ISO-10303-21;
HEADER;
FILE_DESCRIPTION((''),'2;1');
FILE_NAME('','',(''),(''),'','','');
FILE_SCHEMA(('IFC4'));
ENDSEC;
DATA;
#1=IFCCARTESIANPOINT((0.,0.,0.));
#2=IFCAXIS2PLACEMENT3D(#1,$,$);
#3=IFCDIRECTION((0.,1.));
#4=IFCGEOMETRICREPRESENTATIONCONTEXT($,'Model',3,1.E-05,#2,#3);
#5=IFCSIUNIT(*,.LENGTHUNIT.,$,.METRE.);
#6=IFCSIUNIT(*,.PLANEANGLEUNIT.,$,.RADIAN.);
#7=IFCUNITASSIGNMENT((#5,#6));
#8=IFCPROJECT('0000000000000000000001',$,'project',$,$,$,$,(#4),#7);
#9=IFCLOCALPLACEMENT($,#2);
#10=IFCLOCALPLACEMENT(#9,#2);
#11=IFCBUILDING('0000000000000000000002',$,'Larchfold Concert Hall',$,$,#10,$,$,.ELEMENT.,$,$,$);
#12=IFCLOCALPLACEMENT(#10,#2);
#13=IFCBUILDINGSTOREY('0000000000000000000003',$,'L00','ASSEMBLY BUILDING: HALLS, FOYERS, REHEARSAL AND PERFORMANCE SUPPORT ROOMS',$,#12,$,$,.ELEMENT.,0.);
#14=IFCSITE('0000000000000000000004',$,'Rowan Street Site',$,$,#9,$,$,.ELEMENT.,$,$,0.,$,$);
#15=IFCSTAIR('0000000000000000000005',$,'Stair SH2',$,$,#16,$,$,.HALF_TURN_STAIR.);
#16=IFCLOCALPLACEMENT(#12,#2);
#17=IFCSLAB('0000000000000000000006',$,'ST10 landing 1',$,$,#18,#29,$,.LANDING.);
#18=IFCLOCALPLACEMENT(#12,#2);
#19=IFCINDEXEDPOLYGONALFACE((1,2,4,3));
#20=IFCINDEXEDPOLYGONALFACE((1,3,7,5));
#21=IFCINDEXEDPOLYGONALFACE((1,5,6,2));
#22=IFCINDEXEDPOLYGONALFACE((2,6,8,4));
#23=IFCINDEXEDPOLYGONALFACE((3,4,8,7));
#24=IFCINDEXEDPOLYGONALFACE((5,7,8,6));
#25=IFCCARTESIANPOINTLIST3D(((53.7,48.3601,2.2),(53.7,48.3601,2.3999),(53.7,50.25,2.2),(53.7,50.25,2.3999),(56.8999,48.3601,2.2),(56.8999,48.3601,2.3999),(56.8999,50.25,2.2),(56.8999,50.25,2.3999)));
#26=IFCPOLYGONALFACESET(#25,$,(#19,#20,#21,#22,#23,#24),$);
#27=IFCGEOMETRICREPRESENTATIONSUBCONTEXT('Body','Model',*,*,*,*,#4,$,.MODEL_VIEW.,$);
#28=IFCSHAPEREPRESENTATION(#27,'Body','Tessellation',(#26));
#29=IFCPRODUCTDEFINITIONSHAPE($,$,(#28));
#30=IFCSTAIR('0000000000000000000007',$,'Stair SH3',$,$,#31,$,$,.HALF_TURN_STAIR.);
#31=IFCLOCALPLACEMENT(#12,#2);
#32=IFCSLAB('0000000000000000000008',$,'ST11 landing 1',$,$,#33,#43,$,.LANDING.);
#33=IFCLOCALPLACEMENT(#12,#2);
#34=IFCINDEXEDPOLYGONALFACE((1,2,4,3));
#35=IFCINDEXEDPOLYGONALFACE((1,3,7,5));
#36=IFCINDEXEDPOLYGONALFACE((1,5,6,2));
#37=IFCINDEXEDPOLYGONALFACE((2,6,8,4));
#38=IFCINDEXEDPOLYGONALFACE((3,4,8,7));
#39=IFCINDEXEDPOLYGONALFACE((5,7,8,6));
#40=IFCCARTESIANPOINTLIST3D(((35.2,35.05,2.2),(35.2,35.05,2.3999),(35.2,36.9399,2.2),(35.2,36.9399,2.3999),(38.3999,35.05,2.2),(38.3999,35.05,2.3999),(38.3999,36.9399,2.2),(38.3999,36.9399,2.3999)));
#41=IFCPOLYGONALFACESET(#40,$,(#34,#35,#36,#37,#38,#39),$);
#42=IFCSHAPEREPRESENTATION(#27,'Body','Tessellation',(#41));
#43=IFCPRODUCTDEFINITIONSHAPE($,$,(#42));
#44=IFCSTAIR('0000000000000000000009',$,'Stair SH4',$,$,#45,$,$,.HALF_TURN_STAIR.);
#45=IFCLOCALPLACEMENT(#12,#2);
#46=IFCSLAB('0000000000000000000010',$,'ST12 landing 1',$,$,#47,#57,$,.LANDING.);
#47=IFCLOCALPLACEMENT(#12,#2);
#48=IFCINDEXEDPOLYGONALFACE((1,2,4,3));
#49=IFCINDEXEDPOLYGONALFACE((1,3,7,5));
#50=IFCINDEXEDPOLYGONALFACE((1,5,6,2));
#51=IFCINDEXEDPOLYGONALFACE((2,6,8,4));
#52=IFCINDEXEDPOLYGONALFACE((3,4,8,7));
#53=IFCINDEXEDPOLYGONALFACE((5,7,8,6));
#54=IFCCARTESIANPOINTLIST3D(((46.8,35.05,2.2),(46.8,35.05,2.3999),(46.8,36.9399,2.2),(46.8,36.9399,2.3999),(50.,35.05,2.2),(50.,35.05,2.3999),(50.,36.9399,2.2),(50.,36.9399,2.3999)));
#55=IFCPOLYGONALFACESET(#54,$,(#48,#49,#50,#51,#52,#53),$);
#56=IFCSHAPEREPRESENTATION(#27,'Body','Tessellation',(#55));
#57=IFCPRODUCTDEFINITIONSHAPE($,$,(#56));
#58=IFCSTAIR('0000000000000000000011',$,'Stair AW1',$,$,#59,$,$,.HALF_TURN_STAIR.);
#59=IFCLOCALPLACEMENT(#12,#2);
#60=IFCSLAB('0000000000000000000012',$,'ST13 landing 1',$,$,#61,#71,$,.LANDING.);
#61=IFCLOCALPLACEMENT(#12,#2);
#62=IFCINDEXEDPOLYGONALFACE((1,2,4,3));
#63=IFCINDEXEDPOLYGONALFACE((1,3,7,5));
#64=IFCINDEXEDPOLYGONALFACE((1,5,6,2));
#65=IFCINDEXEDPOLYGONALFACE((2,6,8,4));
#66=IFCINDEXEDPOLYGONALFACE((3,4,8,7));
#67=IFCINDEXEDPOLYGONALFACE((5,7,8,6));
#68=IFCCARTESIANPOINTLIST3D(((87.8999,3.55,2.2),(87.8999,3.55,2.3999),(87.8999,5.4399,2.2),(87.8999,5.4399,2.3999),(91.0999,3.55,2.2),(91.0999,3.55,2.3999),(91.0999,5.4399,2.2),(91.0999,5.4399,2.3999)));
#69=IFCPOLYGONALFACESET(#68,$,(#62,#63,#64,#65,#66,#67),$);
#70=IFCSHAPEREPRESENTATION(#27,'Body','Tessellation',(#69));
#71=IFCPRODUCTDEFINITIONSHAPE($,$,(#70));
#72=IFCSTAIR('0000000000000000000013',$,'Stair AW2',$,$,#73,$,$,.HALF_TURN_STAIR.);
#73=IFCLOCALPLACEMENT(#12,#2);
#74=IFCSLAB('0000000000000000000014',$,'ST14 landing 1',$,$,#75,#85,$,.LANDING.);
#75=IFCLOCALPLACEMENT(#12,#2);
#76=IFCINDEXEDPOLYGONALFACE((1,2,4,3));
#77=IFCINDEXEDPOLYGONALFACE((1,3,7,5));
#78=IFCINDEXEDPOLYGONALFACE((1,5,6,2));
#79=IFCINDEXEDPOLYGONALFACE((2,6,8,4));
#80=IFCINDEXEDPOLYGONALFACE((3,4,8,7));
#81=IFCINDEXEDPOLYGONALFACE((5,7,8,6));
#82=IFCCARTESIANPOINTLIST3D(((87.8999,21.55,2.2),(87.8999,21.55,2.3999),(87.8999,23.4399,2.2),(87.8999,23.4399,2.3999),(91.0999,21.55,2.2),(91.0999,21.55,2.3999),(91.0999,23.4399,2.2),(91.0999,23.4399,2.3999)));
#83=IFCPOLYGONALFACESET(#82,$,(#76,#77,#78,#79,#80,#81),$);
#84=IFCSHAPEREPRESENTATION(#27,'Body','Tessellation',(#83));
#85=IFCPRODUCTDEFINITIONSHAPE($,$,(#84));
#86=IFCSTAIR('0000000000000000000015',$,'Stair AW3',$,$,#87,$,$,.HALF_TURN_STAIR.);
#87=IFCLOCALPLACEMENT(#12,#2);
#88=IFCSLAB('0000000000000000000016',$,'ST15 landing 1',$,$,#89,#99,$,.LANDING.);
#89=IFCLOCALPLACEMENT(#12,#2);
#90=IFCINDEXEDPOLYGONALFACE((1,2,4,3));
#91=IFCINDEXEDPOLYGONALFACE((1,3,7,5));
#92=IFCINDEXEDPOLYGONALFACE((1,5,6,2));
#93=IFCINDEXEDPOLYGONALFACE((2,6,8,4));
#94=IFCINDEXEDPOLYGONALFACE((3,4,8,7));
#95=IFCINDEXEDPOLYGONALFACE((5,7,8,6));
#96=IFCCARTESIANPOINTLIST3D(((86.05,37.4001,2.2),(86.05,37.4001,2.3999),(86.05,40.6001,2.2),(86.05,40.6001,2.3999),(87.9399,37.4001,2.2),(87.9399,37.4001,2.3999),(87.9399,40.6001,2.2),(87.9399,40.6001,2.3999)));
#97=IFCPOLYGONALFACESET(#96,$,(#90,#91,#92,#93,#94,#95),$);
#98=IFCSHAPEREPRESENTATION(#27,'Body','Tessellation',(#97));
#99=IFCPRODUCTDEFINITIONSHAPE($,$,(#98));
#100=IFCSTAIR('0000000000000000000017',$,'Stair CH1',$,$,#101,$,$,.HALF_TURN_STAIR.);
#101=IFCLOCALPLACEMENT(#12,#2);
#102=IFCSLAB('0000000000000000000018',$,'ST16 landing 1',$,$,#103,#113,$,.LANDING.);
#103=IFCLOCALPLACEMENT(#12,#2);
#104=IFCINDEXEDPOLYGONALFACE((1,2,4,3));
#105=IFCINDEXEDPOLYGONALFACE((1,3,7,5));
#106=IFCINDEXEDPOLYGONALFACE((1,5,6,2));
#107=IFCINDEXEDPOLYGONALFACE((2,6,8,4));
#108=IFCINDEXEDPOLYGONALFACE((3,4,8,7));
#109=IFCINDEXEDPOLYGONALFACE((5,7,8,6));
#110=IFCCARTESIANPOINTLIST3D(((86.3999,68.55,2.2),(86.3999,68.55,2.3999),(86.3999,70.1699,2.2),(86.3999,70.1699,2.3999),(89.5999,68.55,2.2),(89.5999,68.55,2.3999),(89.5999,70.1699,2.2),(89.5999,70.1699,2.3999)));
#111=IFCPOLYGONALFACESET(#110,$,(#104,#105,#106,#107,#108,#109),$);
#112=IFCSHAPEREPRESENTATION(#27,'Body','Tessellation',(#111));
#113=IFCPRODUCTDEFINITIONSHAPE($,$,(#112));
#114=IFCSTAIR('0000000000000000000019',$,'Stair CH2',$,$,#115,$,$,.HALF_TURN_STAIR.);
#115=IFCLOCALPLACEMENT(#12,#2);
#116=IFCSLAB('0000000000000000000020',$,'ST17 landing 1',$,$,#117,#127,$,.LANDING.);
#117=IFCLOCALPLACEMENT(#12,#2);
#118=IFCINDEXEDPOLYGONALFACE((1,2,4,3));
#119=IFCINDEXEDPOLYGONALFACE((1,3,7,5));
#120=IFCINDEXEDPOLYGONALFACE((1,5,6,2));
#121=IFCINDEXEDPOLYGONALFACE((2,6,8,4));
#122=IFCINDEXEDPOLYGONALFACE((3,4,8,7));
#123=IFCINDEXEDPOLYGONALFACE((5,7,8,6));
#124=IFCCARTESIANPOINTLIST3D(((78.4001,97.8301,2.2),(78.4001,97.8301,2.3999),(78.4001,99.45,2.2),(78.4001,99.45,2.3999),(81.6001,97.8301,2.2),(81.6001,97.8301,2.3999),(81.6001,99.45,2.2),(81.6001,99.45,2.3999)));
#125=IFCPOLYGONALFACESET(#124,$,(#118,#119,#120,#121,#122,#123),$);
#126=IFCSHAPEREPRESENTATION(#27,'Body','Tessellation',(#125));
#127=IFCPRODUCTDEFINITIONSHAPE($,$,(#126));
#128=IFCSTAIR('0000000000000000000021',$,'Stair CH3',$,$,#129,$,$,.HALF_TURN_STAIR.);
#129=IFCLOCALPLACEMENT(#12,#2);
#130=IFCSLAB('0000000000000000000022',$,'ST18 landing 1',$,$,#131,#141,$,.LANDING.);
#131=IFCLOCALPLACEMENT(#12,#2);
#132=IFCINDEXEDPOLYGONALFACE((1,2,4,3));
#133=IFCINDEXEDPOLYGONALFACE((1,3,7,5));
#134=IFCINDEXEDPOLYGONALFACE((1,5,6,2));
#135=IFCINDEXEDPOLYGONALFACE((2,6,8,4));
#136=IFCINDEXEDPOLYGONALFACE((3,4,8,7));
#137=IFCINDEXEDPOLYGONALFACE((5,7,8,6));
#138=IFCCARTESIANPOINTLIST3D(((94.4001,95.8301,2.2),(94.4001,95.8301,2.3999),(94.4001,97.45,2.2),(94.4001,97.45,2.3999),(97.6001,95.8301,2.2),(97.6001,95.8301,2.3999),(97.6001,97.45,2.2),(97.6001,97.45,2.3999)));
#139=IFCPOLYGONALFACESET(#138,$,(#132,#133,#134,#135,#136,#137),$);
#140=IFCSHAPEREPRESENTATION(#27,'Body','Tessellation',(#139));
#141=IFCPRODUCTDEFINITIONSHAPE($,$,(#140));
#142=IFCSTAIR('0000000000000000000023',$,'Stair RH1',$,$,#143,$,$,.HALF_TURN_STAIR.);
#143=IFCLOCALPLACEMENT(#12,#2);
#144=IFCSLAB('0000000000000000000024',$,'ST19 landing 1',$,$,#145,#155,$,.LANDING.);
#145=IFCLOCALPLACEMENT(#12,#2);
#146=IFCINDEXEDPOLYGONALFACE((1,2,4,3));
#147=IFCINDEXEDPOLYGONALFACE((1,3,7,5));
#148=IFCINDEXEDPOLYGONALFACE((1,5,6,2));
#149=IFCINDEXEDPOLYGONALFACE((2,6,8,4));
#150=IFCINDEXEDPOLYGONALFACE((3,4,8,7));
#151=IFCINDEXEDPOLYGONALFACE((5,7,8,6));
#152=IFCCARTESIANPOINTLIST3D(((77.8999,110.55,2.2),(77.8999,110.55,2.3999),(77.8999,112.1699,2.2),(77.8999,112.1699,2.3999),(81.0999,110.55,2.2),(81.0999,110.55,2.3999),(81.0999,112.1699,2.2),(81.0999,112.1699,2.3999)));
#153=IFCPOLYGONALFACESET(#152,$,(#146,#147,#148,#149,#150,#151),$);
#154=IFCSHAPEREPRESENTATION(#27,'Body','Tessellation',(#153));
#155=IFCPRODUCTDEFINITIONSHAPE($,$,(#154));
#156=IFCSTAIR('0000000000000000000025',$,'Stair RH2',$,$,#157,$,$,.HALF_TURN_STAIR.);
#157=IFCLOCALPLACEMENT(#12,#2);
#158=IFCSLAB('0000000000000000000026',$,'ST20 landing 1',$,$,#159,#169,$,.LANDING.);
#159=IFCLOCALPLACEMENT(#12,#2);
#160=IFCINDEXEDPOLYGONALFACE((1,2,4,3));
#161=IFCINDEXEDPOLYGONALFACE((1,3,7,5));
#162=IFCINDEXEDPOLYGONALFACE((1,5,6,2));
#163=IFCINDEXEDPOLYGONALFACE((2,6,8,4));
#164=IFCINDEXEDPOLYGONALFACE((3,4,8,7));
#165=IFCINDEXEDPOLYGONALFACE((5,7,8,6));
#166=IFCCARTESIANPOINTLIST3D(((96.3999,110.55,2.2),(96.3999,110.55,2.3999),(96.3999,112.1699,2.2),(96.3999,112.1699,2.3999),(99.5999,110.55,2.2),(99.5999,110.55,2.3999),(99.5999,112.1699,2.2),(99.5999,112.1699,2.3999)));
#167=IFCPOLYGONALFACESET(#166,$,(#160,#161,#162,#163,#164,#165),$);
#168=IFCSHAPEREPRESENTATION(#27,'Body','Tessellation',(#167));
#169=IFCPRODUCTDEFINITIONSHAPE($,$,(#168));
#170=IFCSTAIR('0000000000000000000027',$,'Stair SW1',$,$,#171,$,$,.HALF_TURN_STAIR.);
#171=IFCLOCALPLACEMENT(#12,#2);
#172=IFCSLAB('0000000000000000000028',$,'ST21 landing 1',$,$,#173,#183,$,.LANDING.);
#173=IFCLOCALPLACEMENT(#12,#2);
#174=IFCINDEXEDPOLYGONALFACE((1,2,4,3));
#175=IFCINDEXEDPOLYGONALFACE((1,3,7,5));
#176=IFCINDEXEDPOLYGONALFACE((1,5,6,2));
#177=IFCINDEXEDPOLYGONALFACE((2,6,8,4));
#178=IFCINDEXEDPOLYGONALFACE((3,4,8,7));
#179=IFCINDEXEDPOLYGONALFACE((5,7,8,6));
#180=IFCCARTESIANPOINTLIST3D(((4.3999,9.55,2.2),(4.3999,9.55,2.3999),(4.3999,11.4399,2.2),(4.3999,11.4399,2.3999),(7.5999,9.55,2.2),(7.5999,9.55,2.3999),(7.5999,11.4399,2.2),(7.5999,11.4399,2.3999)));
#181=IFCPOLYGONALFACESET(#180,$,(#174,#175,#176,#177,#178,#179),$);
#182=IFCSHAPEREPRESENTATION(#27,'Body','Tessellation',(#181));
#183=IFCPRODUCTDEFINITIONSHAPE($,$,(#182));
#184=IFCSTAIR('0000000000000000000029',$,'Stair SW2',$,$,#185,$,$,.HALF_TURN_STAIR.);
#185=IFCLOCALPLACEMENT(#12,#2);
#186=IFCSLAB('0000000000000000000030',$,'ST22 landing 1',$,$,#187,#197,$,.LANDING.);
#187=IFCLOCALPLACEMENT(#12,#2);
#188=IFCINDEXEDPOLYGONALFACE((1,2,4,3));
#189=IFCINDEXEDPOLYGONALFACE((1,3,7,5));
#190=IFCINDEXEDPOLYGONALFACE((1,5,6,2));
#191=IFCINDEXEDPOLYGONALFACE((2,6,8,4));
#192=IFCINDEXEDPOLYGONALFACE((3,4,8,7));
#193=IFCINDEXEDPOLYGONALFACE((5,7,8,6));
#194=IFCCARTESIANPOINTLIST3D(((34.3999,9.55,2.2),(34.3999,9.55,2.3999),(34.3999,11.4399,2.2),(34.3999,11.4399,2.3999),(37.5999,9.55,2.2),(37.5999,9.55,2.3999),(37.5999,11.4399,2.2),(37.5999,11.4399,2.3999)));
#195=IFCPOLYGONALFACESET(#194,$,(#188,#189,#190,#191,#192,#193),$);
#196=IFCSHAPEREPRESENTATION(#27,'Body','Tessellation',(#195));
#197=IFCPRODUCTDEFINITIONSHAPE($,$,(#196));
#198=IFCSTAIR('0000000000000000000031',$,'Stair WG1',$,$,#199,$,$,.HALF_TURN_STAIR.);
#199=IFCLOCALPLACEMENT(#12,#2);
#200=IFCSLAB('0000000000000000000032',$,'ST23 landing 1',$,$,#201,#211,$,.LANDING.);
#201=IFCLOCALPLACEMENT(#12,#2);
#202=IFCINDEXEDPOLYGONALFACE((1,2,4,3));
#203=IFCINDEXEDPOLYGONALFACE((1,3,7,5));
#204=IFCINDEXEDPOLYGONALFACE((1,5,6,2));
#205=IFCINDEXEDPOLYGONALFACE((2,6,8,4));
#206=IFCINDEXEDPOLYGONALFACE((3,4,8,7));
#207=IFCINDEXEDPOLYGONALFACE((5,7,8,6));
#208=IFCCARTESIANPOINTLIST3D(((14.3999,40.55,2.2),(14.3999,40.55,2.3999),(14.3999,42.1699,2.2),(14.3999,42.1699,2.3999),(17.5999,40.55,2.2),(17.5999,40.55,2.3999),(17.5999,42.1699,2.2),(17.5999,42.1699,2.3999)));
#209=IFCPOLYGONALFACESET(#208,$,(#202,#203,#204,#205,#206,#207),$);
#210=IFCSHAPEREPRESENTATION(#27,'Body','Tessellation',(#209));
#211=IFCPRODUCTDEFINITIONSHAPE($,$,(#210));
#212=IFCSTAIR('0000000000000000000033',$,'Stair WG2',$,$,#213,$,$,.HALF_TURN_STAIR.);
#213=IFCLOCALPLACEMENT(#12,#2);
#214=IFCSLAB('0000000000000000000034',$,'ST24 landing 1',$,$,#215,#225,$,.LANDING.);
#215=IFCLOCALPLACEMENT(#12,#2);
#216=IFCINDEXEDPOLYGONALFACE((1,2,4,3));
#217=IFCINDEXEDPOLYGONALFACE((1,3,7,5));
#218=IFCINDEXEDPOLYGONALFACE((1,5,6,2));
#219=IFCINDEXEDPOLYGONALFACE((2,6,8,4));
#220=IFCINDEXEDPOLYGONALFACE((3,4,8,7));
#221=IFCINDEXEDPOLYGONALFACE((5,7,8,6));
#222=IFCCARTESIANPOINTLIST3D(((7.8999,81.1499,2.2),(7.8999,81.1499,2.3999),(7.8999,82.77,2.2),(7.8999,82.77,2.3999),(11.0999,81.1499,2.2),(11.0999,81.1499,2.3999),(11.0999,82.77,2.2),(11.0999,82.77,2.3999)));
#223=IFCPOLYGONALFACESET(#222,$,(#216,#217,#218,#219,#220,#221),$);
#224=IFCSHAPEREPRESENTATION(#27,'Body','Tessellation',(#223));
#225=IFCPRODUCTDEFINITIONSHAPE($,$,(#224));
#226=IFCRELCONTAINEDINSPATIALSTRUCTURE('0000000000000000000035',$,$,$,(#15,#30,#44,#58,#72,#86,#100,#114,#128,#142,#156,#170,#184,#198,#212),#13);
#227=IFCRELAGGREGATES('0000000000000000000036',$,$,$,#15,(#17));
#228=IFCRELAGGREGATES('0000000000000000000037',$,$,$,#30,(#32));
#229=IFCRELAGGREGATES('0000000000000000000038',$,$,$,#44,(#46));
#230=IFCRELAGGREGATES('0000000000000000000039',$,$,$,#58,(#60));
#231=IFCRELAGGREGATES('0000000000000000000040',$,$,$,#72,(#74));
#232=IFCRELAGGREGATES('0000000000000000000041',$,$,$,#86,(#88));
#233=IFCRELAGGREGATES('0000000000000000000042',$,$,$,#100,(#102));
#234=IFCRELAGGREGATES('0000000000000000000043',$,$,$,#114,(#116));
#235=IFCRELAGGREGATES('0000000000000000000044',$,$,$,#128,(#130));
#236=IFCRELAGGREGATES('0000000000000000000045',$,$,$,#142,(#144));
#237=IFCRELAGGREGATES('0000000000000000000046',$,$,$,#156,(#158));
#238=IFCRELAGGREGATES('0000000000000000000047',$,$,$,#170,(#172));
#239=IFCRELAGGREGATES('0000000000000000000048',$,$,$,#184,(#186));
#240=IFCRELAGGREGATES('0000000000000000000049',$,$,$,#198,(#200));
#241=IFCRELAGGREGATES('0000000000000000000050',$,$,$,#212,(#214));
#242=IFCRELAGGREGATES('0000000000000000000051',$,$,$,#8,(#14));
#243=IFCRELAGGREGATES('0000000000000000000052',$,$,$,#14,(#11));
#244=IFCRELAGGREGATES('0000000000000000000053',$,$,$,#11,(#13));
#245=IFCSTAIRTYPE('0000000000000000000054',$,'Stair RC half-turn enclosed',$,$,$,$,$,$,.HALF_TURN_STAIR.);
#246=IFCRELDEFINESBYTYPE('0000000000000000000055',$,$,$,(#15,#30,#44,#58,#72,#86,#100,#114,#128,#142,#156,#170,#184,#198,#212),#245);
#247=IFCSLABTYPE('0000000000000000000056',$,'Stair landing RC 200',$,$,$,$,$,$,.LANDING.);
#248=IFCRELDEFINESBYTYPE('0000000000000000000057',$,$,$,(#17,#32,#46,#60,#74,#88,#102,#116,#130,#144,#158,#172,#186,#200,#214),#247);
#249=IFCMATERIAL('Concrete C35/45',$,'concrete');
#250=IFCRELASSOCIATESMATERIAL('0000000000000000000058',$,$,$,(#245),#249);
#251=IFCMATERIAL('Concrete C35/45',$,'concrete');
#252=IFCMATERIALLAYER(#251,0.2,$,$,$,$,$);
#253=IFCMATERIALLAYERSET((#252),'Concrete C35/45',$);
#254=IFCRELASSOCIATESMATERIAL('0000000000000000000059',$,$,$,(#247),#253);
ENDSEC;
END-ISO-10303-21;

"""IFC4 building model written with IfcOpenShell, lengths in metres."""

from ifc_helpers import new_model, si_unit, direction, frame, origin, place, context, subcontext, project, spatial, polyline, outline, extrude, material, layer, layer_set, type_object, element, aggregate, save


model = new_model("IFC4")

# Units and contexts
model_context = context("Model", 3, precision=1e-05, world=origin(), true_north=direction((0.0, 1.0)))
body_context = subcontext(model_context, "Body", "Model", "MODEL_VIEW")
ifc_project = project(units=[si_unit("LENGTHUNIT", "METRE"), si_unit("PLANEANGLEUNIT", "RADIAN")], contexts=[model_context])

# Site, building, storey
site_placement = place(None, origin())
site = spatial("IfcSite", under=ifc_project, at=site_placement, Name="Rowan Street Site", CompositionType="ELEMENT", RefElevation=0.0)
building_placement = place(site_placement, origin())
building = spatial("IfcBuilding", under=site, at=building_placement, Name="Larchfold Concert Hall", CompositionType="ELEMENT")
storey_placement = place(building_placement, origin())
storey = spatial("IfcBuildingStorey", under=building, at=storey_placement, Name="L00", Description="ASSEMBLY BUILDING: HALLS, FOYERS, REHEARSAL AND PERFORMANCE SUPPORT ROOMS", CompositionType="ELEMENT", Elevation=0.0)

# Stairs, slabs
ifc_material_1 = material(Name="Concrete C35/45", Category="concrete")
stair_type_1 = type_object("IfcStairType", Name="Stair RC half-turn enclosed", PredefinedType="HALF_TURN_STAIR", material=ifc_material_1)
stair_1_placement = place(storey_placement, origin())
stair_1 = element("IfcStair", 1, at=stair_1_placement, inside=storey, type_object=stair_type_1, Name="Stair SH2", PredefinedType="HALF_TURN_STAIR")
ifc_material_2 = material(Name="Concrete C35/45", Category="concrete")
ifc_layer_1 = layer(ifc_material_2, 0.2)
ifc_layer_set_1 = layer_set([ifc_layer_1], Name="Concrete C35/45")
slab_type = type_object("IfcSlabType", Name="Stair landing RC 200", PredefinedType="LANDING", material=ifc_layer_set_1)
slab_1_placement = place(storey_placement, frame((0.0, 0.0, 2.2)))
slab_1 = element("IfcSlab", 2, at=slab_1_placement, type_object=slab_type, Name="ST10 landing 1", PredefinedType="LANDING", context=body_context, shape_type="SweptSolid", body=[
    extrude(outline(polyline([(56.8999, 48.3601), (56.8999, 50.25), (53.7, 50.25), (53.7, 48.3601), (56.8999, 48.3601)])), origin(), (0.0, 0.0, 1.0), 0.2),
])
aggregate(stair_1, [slab_1])
stair_2_placement = place(storey_placement, origin())
stair_2 = element("IfcStair", 3, at=stair_2_placement, inside=storey, type_object=stair_type_1, Name="Stair SH3", PredefinedType="HALF_TURN_STAIR")
slab_2_placement = place(storey_placement, frame((0.0, 0.0, 2.2)))
slab_2 = element("IfcSlab", 4, at=slab_2_placement, type_object=slab_type, Name="ST11 landing 1", PredefinedType="LANDING", context=body_context, shape_type="SweptSolid", body=[
    extrude(outline(polyline([(35.2, 36.9399), (35.2, 35.05), (38.3999, 35.05), (38.3999, 36.9399), (35.2, 36.9399)])), origin(), (0.0, 0.0, 1.0), 0.2),
])
aggregate(stair_2, [slab_2])
stair_3_placement = place(storey_placement, origin())
stair_3 = element("IfcStair", 5, at=stair_3_placement, inside=storey, type_object=stair_type_1, Name="Stair SH4", PredefinedType="HALF_TURN_STAIR")
slab_3_placement = place(storey_placement, frame((0.0, 0.0, 2.2)))
slab_3 = element("IfcSlab", 6, at=slab_3_placement, type_object=slab_type, Name="ST12 landing 1", PredefinedType="LANDING", context=body_context, shape_type="SweptSolid", body=[
    extrude(outline(polyline([(46.8, 36.9399), (46.8, 35.05), (50.0, 35.05), (50.0, 36.9399), (46.8, 36.9399)])), origin(), (0.0, 0.0, 1.0), 0.2),
])
aggregate(stair_3, [slab_3])
stair_4_placement = place(storey_placement, origin())
stair_4 = element("IfcStair", 7, at=stair_4_placement, inside=storey, type_object=stair_type_1, Name="Stair AW1", PredefinedType="HALF_TURN_STAIR")
slab_4_placement = place(storey_placement, frame((0.0, 0.0, 2.2)))
slab_4 = element("IfcSlab", 8, at=slab_4_placement, type_object=slab_type, Name="ST13 landing 1", PredefinedType="LANDING", context=body_context, shape_type="SweptSolid", body=[
    extrude(outline(polyline([(87.8999, 5.4399), (87.8999, 3.55), (91.0999, 3.55), (91.0999, 5.4399), (87.8999, 5.4399)])), origin(), (0.0, 0.0, 1.0), 0.2),
])
aggregate(stair_4, [slab_4])
stair_5_placement = place(storey_placement, origin())
stair_5 = element("IfcStair", 9, at=stair_5_placement, inside=storey, type_object=stair_type_1, Name="Stair AW2", PredefinedType="HALF_TURN_STAIR")
slab_5_placement = place(storey_placement, frame((0.0, 0.0, 2.2)))
slab_5 = element("IfcSlab", 10, at=slab_5_placement, type_object=slab_type, Name="ST14 landing 1", PredefinedType="LANDING", context=body_context, shape_type="SweptSolid", body=[
    extrude(outline(polyline([(87.8999, 23.4399), (87.8999, 21.55), (91.0999, 21.55), (91.0999, 23.4399), (87.8999, 23.4399)])), origin(), (0.0, 0.0, 1.0), 0.2),
])
aggregate(stair_5, [slab_5])
stair_6_placement = place(storey_placement, origin())
stair_6 = element("IfcStair", 11, at=stair_6_placement, inside=storey, type_object=stair_type_1, Name="Stair AW3", PredefinedType="HALF_TURN_STAIR")
slab_6_placement = place(storey_placement, frame((0.0, 0.0, 2.2)))
slab_6 = element("IfcSlab", 12, at=slab_6_placement, type_object=slab_type, Name="ST15 landing 1", PredefinedType="LANDING", context=body_context, shape_type="SweptSolid", body=[
    extrude(outline(polyline([(87.9399, 40.6001), (86.05, 40.6001), (86.05, 37.4001), (87.9399, 37.4001), (87.9399, 40.6001)])), origin(), (0.0, 0.0, 1.0), 0.2),
])
aggregate(stair_6, [slab_6])
stair_7_placement = place(storey_placement, origin())
stair_7 = element("IfcStair", 13, at=stair_7_placement, inside=storey, type_object=stair_type_1, Name="Stair CH1", PredefinedType="HALF_TURN_STAIR")
slab_7_placement = place(storey_placement, frame((0.0, 0.0, 2.2)))
slab_7 = element("IfcSlab", 14, at=slab_7_placement, type_object=slab_type, Name="ST16 landing 1", PredefinedType="LANDING", context=body_context, shape_type="SweptSolid", body=[
    extrude(outline(polyline([(86.3999, 70.1699), (86.3999, 68.55), (89.5999, 68.55), (89.5999, 70.1699), (86.3999, 70.1699)])), origin(), (0.0, 0.0, 1.0), 0.2),
])
aggregate(stair_7, [slab_7])
stair_8_placement = place(storey_placement, origin())
stair_8 = element("IfcStair", 15, at=stair_8_placement, inside=storey, type_object=stair_type_1, Name="Stair CH2", PredefinedType="HALF_TURN_STAIR")
slab_8_placement = place(storey_placement, frame((0.0, 0.0, 2.2)))
slab_8 = element("IfcSlab", 16, at=slab_8_placement, type_object=slab_type, Name="ST17 landing 1", PredefinedType="LANDING", context=body_context, shape_type="SweptSolid", body=[
    extrude(outline(polyline([(81.6001, 97.8301), (81.6001, 99.45), (78.4001, 99.45), (78.4001, 97.8301), (81.6001, 97.8301)])), origin(), (0.0, 0.0, 1.0), 0.2),
])
aggregate(stair_8, [slab_8])
stair_9_placement = place(storey_placement, origin())
stair_9 = element("IfcStair", 17, at=stair_9_placement, inside=storey, type_object=stair_type_1, Name="Stair CH3", PredefinedType="HALF_TURN_STAIR")
slab_9_placement = place(storey_placement, frame((0.0, 0.0, 2.2)))
slab_9 = element("IfcSlab", 18, at=slab_9_placement, type_object=slab_type, Name="ST18 landing 1", PredefinedType="LANDING", context=body_context, shape_type="SweptSolid", body=[
    extrude(outline(polyline([(97.6001, 95.8301), (97.6001, 97.45), (94.4001, 97.45), (94.4001, 95.8301), (97.6001, 95.8301)])), origin(), (0.0, 0.0, 1.0), 0.2),
])
aggregate(stair_9, [slab_9])
stair_10_placement = place(storey_placement, origin())
stair_10 = element("IfcStair", 19, at=stair_10_placement, inside=storey, type_object=stair_type_1, Name="Stair RH1", PredefinedType="HALF_TURN_STAIR")
slab_10_placement = place(storey_placement, frame((0.0, 0.0, 2.2)))
slab_10 = element("IfcSlab", 20, at=slab_10_placement, type_object=slab_type, Name="ST19 landing 1", PredefinedType="LANDING", context=body_context, shape_type="SweptSolid", body=[
    extrude(outline(polyline([(77.8999, 112.1699), (77.8999, 110.55), (81.0999, 110.55), (81.0999, 112.1699), (77.8999, 112.1699)])), origin(), (0.0, 0.0, 1.0), 0.2),
])
aggregate(stair_10, [slab_10])
stair_11_placement = place(storey_placement, origin())
stair_11 = element("IfcStair", 21, at=stair_11_placement, inside=storey, type_object=stair_type_1, Name="Stair RH2", PredefinedType="HALF_TURN_STAIR")
slab_11_placement = place(storey_placement, frame((0.0, 0.0, 2.2)))
slab_11 = element("IfcSlab", 22, at=slab_11_placement, type_object=slab_type, Name="ST20 landing 1", PredefinedType="LANDING", context=body_context, shape_type="SweptSolid", body=[
    extrude(outline(polyline([(96.3999, 112.1699), (96.3999, 110.55), (99.5999, 110.55), (99.5999, 112.1699), (96.3999, 112.1699)])), origin(), (0.0, 0.0, 1.0), 0.2),
])
aggregate(stair_11, [slab_11])
stair_12_placement = place(storey_placement, origin())
stair_12 = element("IfcStair", 23, at=stair_12_placement, inside=storey, type_object=stair_type_1, Name="Stair SW1", PredefinedType="HALF_TURN_STAIR")
slab_12_placement = place(storey_placement, frame((0.0, 0.0, 2.2)))
slab_12 = element("IfcSlab", 24, at=slab_12_placement, type_object=slab_type, Name="ST21 landing 1", PredefinedType="LANDING", context=body_context, shape_type="SweptSolid", body=[
    extrude(outline(polyline([(4.3999, 11.4399), (4.3999, 9.55), (7.5999, 9.55), (7.5999, 11.4399), (4.3999, 11.4399)])), origin(), (0.0, 0.0, 1.0), 0.2),
])
aggregate(stair_12, [slab_12])
stair_13_placement = place(storey_placement, origin())
stair_13 = element("IfcStair", 25, at=stair_13_placement, inside=storey, type_object=stair_type_1, Name="Stair SW2", PredefinedType="HALF_TURN_STAIR")
slab_13_placement = place(storey_placement, frame((0.0, 0.0, 2.2)))
slab_13 = element("IfcSlab", 26, at=slab_13_placement, type_object=slab_type, Name="ST22 landing 1", PredefinedType="LANDING", context=body_context, shape_type="SweptSolid", body=[
    extrude(outline(polyline([(34.3999, 11.4399), (34.3999, 9.55), (37.5999, 9.55), (37.5999, 11.4399), (34.3999, 11.4399)])), origin(), (0.0, 0.0, 1.0), 0.2),
])
aggregate(stair_13, [slab_13])
stair_14_placement = place(storey_placement, origin())
stair_14 = element("IfcStair", 27, at=stair_14_placement, inside=storey, type_object=stair_type_1, Name="Stair WG1", PredefinedType="HALF_TURN_STAIR")
slab_14_placement = place(storey_placement, frame((0.0, 0.0, 2.2)))
slab_14 = element("IfcSlab", 28, at=slab_14_placement, type_object=slab_type, Name="ST23 landing 1", PredefinedType="LANDING", context=body_context, shape_type="SweptSolid", body=[
    extrude(outline(polyline([(14.3999, 42.1699), (14.3999, 40.55), (17.5999, 40.55), (17.5999, 42.1699), (14.3999, 42.1699)])), origin(), (0.0, 0.0, 1.0), 0.2),
])
aggregate(stair_14, [slab_14])
stair_15_placement = place(storey_placement, origin())
stair_15 = element("IfcStair", 29, at=stair_15_placement, inside=storey, type_object=stair_type_1, Name="Stair WG2", PredefinedType="HALF_TURN_STAIR")
slab_15_placement = place(storey_placement, frame((0.0, 0.0, 2.2)))
slab_15 = element("IfcSlab", 30, at=slab_15_placement, type_object=slab_type, Name="ST24 landing 1", PredefinedType="LANDING", context=body_context, shape_type="SweptSolid", body=[
    extrude(outline(polyline([(7.8999, 82.77), (7.8999, 81.1499), (11.0999, 81.1499), (11.0999, 82.77), (7.8999, 82.77)])), origin(), (0.0, 0.0, 1.0), 0.2),
])
aggregate(stair_15, [slab_15])

save(model, "model.ifc")
